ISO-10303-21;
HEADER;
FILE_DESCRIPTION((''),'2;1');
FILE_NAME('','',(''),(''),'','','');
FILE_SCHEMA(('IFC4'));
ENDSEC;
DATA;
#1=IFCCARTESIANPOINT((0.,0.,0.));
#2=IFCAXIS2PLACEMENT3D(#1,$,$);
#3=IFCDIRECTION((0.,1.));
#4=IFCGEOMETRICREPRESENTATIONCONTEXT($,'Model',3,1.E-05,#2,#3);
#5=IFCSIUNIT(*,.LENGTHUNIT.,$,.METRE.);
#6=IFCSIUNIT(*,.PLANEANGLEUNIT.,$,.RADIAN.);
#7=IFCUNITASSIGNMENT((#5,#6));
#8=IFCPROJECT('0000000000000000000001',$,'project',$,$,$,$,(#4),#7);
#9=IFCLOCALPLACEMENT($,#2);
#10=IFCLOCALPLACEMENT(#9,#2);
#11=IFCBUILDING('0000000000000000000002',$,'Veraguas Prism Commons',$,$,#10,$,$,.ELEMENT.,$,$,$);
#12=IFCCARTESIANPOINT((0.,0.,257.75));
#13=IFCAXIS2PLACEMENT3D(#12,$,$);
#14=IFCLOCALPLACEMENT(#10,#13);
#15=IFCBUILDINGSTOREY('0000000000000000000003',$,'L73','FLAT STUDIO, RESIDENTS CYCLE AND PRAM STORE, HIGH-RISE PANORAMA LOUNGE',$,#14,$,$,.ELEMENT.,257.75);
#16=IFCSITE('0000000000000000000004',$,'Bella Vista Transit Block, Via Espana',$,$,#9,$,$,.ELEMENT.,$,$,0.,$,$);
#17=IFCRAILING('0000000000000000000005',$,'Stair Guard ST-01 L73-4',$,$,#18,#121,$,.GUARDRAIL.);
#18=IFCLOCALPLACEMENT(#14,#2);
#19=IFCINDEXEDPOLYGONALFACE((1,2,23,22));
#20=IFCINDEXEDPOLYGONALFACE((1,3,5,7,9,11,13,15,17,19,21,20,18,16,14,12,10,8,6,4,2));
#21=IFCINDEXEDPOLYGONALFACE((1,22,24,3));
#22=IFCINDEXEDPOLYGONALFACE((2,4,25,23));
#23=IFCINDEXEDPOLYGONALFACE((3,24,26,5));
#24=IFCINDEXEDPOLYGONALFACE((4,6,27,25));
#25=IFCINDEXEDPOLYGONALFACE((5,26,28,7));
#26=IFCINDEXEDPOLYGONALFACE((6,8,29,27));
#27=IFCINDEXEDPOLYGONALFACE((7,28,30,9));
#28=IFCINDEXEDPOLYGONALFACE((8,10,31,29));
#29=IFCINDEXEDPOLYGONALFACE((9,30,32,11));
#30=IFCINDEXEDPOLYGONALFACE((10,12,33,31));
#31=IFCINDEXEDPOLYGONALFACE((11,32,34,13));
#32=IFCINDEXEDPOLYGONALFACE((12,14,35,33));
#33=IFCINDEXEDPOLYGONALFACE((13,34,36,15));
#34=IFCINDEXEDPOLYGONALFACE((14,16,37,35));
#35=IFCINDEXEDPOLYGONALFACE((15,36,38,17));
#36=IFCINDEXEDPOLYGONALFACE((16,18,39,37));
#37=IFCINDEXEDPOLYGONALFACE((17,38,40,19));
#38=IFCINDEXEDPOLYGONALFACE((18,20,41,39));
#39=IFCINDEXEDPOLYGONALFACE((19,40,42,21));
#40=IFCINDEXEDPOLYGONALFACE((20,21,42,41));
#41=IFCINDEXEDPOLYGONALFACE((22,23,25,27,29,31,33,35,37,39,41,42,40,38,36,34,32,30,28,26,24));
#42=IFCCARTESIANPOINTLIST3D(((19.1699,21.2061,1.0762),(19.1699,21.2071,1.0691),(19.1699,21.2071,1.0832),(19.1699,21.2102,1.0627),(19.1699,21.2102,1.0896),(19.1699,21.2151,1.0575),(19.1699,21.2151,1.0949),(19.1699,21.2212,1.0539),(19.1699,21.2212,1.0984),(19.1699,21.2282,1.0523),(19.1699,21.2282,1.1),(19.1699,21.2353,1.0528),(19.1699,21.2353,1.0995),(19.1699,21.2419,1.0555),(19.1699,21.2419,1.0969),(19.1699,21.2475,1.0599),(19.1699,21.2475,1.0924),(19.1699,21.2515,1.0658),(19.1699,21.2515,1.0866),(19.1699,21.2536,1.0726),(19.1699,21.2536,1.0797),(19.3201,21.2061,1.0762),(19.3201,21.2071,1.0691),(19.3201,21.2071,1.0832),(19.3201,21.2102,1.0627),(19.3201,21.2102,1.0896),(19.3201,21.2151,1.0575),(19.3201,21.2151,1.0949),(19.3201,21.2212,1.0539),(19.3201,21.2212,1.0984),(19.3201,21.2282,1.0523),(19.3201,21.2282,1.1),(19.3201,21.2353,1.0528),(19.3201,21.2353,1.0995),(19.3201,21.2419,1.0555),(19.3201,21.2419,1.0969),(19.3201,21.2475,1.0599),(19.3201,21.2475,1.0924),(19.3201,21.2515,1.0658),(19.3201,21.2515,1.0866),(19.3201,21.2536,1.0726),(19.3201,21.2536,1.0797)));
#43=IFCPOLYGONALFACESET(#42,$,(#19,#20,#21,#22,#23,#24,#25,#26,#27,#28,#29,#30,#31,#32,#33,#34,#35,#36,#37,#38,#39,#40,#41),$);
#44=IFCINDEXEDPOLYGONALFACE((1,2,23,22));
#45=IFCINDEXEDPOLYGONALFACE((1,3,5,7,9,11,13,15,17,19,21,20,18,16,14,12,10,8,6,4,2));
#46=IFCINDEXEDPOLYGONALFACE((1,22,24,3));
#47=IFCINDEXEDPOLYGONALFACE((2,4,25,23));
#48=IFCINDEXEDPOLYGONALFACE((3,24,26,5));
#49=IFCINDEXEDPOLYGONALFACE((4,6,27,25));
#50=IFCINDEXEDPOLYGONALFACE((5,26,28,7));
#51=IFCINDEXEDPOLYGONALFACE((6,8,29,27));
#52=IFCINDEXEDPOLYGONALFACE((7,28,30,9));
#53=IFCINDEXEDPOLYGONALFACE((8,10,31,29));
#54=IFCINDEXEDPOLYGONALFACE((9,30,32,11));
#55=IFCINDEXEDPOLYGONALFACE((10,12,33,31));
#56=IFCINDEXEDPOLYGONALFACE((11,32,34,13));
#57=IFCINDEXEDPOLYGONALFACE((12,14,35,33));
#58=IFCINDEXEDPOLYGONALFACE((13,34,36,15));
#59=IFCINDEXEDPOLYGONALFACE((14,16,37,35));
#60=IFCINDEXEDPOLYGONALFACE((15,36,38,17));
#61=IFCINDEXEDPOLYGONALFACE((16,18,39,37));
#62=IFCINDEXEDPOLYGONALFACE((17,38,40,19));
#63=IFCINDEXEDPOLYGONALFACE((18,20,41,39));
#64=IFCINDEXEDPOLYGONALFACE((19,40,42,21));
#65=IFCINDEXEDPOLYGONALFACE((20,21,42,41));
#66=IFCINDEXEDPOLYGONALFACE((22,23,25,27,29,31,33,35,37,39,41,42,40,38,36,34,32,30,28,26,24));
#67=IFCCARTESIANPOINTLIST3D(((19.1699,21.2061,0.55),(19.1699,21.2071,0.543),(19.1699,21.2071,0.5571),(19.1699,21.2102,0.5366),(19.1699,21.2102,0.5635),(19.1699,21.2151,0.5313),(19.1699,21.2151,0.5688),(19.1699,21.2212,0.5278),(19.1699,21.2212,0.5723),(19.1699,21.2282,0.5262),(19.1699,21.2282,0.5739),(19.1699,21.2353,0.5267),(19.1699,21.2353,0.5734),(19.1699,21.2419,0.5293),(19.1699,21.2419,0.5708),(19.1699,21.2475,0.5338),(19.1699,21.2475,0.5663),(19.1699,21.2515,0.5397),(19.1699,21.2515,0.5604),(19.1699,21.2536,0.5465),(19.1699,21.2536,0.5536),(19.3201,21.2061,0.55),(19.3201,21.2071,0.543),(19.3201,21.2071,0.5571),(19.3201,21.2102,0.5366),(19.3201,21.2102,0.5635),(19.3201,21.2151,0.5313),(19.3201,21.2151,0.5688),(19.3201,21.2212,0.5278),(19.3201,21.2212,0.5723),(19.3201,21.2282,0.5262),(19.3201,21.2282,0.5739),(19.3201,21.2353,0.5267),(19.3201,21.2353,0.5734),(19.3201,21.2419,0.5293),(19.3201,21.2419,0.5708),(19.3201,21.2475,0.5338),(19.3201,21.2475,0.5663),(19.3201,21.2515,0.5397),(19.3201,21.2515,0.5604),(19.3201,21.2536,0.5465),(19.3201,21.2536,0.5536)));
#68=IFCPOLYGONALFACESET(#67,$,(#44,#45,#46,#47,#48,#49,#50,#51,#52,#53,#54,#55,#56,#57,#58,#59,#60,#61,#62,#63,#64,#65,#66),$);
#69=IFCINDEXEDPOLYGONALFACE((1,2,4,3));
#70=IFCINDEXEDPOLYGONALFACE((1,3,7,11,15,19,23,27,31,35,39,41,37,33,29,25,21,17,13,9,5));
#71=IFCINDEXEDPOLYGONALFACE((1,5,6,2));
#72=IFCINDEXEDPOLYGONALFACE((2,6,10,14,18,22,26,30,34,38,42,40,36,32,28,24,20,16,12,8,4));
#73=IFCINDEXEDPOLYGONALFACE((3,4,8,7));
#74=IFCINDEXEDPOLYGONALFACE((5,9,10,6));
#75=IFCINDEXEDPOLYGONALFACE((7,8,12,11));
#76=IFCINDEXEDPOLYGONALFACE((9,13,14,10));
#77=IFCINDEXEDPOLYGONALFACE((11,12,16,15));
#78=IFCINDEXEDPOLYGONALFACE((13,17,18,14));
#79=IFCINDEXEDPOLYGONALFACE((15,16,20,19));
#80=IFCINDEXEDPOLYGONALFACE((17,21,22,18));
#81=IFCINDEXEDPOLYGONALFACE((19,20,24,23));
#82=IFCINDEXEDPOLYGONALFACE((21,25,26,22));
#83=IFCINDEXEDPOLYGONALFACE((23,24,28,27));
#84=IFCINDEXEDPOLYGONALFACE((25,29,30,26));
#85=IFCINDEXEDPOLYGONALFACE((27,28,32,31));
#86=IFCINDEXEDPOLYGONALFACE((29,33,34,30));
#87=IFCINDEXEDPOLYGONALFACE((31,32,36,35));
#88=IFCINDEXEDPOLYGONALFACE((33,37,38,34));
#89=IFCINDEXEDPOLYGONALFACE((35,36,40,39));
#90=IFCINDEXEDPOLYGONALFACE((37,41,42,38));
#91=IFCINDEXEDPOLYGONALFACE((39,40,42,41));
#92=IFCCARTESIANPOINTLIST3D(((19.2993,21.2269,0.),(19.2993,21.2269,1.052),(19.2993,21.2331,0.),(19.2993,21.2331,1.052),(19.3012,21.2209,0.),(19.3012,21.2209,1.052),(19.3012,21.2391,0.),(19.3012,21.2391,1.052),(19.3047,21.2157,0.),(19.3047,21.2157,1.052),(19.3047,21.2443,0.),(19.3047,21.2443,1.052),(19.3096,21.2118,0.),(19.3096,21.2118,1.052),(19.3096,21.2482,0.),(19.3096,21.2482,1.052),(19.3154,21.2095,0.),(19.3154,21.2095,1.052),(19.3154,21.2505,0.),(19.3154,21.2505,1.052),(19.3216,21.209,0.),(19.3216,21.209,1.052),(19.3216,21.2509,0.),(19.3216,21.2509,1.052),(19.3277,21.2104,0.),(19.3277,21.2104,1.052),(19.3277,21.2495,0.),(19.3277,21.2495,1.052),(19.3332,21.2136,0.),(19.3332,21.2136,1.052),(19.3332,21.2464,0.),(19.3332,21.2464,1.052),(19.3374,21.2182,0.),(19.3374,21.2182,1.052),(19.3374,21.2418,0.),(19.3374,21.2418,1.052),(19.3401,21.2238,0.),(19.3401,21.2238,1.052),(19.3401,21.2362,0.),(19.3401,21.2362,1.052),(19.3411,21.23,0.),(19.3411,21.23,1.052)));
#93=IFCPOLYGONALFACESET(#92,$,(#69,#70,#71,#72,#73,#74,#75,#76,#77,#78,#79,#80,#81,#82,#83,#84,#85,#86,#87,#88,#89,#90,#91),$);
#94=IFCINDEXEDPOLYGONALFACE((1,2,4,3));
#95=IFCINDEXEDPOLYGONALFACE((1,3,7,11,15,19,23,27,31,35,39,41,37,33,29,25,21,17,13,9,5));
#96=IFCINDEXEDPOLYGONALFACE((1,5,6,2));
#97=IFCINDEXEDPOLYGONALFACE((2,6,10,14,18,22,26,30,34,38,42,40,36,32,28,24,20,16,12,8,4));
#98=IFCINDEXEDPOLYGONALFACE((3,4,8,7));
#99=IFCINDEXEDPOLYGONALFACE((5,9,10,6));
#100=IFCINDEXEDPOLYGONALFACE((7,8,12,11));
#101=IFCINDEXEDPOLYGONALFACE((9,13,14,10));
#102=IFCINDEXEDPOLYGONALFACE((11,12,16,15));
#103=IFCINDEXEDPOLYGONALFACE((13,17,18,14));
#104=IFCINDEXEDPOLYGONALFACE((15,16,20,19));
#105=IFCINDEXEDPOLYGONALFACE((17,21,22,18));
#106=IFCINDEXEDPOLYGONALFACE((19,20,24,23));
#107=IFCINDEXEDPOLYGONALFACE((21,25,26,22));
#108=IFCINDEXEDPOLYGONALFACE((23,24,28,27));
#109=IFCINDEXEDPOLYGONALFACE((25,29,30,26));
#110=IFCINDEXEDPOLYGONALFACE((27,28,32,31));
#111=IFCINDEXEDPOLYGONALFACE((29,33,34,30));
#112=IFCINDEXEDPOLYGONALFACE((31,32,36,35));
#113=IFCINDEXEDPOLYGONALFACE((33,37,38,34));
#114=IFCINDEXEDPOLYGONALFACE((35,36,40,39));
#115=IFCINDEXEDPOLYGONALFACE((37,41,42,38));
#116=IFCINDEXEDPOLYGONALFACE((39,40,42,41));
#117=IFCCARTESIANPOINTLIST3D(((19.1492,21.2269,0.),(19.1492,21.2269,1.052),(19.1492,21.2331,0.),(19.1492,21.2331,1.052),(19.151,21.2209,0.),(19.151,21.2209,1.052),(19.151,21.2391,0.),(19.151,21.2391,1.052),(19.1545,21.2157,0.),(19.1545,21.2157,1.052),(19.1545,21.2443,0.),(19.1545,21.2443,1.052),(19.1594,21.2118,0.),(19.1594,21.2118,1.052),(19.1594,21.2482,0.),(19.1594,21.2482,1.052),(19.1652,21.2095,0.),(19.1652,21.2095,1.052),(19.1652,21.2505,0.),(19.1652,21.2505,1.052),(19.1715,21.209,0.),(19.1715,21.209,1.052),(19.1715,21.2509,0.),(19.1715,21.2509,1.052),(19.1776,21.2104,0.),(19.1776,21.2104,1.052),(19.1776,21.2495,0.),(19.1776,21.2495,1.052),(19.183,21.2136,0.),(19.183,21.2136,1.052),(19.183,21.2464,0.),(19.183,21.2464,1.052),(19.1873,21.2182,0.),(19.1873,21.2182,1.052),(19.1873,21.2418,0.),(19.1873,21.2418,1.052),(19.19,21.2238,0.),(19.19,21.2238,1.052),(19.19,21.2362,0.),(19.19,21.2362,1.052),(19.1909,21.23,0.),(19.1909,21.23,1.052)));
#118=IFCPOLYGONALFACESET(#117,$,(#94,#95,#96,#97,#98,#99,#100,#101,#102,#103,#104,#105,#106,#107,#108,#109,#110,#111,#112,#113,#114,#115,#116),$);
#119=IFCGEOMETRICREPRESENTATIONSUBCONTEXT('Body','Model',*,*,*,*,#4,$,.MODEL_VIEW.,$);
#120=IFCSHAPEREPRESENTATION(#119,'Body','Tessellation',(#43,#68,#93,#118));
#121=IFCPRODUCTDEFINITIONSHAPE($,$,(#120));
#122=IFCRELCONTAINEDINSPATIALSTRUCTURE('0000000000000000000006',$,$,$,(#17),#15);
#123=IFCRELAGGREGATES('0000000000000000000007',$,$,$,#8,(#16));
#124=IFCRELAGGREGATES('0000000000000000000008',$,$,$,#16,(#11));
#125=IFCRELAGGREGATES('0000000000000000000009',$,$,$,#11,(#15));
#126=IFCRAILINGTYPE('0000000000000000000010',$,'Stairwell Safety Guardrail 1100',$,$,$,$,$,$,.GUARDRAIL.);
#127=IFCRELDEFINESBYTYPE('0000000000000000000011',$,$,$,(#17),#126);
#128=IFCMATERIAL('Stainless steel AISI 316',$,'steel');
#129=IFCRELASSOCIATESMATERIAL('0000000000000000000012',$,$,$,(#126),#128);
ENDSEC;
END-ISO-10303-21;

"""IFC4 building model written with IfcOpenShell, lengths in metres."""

from ifc_helpers import new_model, si_unit, direction, frame, origin, origin_2d, place, context, subcontext, project, spatial, circle, extrude, material, type_object, element, save


model = new_model("IFC4")

# Units and contexts
model_context = context("Model", 3, precision=1e-05, world=origin(), true_north=direction((0.0, 1.0)))
body_context = subcontext(model_context, "Body", "Model", "MODEL_VIEW")
ifc_project = project(units=[si_unit("LENGTHUNIT", "METRE"), si_unit("PLANEANGLEUNIT", "RADIAN")], contexts=[model_context])

# Site, building, storey
site_placement = place(None, origin())
site = spatial("IfcSite", under=ifc_project, at=site_placement, Name="Bella Vista Transit Block, Via Espana", CompositionType="ELEMENT", RefElevation=0.0)
building_placement = place(site_placement, origin())
building = spatial("IfcBuilding", under=site, at=building_placement, Name="Veraguas Prism Commons", CompositionType="ELEMENT")
storey_placement = place(building_placement, frame((0.0, 0.0, 257.75)))
storey = spatial("IfcBuildingStorey", under=building, at=storey_placement, Name="L73", Description="FLAT STUDIO, RESIDENTS CYCLE AND PRAM STORE, HIGH-RISE PANORAMA LOUNGE", CompositionType="ELEMENT", Elevation=257.75)

# Railing
ifc_material_1 = material(Name="Stainless steel AISI 316", Category="steel")
railing_type_1 = type_object("IfcRailingType", Name="Stairwell Safety Guardrail 1100", PredefinedType="GUARDRAIL", material=ifc_material_1)
railing_1_placement = place(storey_placement, frame((19.3201, 21.23, 0.0)))
element("IfcRailing", 1, at=railing_1_placement, inside=storey, type_object=railing_type_1, Name="Stair Guard ST-01 L73-4", PredefinedType="GUARDRAIL", context=body_context, shape_type="SweptSolid", body=[
    extrude(circle(Radius=0.0239, at=origin_2d()), frame((0.0, 0.0, 1.0762), z_axis=(-1.0, 0.0, 0.0), x_axis=(0.0, -1.0, 0.0)), (0.0, 0.0, 1.0), 0.1501),
    extrude(circle(Radius=0.0239, at=origin_2d()), frame((0.0, 0.0, 0.55), z_axis=(-1.0, 0.0, 0.0), x_axis=(0.0, -1.0, 0.0)), (0.0, 0.0, 1.0), 0.1501),
    extrude(circle(Radius=0.021, at=origin_2d()), origin(), (0.0, 0.0, 1.0), 1.052),
    extrude(circle(Radius=0.021, at=origin_2d()), frame((-0.1501, 0.0, 0.0)), (0.0, 0.0, 1.0), 1.052),
])

save(model, "model.ifc")
